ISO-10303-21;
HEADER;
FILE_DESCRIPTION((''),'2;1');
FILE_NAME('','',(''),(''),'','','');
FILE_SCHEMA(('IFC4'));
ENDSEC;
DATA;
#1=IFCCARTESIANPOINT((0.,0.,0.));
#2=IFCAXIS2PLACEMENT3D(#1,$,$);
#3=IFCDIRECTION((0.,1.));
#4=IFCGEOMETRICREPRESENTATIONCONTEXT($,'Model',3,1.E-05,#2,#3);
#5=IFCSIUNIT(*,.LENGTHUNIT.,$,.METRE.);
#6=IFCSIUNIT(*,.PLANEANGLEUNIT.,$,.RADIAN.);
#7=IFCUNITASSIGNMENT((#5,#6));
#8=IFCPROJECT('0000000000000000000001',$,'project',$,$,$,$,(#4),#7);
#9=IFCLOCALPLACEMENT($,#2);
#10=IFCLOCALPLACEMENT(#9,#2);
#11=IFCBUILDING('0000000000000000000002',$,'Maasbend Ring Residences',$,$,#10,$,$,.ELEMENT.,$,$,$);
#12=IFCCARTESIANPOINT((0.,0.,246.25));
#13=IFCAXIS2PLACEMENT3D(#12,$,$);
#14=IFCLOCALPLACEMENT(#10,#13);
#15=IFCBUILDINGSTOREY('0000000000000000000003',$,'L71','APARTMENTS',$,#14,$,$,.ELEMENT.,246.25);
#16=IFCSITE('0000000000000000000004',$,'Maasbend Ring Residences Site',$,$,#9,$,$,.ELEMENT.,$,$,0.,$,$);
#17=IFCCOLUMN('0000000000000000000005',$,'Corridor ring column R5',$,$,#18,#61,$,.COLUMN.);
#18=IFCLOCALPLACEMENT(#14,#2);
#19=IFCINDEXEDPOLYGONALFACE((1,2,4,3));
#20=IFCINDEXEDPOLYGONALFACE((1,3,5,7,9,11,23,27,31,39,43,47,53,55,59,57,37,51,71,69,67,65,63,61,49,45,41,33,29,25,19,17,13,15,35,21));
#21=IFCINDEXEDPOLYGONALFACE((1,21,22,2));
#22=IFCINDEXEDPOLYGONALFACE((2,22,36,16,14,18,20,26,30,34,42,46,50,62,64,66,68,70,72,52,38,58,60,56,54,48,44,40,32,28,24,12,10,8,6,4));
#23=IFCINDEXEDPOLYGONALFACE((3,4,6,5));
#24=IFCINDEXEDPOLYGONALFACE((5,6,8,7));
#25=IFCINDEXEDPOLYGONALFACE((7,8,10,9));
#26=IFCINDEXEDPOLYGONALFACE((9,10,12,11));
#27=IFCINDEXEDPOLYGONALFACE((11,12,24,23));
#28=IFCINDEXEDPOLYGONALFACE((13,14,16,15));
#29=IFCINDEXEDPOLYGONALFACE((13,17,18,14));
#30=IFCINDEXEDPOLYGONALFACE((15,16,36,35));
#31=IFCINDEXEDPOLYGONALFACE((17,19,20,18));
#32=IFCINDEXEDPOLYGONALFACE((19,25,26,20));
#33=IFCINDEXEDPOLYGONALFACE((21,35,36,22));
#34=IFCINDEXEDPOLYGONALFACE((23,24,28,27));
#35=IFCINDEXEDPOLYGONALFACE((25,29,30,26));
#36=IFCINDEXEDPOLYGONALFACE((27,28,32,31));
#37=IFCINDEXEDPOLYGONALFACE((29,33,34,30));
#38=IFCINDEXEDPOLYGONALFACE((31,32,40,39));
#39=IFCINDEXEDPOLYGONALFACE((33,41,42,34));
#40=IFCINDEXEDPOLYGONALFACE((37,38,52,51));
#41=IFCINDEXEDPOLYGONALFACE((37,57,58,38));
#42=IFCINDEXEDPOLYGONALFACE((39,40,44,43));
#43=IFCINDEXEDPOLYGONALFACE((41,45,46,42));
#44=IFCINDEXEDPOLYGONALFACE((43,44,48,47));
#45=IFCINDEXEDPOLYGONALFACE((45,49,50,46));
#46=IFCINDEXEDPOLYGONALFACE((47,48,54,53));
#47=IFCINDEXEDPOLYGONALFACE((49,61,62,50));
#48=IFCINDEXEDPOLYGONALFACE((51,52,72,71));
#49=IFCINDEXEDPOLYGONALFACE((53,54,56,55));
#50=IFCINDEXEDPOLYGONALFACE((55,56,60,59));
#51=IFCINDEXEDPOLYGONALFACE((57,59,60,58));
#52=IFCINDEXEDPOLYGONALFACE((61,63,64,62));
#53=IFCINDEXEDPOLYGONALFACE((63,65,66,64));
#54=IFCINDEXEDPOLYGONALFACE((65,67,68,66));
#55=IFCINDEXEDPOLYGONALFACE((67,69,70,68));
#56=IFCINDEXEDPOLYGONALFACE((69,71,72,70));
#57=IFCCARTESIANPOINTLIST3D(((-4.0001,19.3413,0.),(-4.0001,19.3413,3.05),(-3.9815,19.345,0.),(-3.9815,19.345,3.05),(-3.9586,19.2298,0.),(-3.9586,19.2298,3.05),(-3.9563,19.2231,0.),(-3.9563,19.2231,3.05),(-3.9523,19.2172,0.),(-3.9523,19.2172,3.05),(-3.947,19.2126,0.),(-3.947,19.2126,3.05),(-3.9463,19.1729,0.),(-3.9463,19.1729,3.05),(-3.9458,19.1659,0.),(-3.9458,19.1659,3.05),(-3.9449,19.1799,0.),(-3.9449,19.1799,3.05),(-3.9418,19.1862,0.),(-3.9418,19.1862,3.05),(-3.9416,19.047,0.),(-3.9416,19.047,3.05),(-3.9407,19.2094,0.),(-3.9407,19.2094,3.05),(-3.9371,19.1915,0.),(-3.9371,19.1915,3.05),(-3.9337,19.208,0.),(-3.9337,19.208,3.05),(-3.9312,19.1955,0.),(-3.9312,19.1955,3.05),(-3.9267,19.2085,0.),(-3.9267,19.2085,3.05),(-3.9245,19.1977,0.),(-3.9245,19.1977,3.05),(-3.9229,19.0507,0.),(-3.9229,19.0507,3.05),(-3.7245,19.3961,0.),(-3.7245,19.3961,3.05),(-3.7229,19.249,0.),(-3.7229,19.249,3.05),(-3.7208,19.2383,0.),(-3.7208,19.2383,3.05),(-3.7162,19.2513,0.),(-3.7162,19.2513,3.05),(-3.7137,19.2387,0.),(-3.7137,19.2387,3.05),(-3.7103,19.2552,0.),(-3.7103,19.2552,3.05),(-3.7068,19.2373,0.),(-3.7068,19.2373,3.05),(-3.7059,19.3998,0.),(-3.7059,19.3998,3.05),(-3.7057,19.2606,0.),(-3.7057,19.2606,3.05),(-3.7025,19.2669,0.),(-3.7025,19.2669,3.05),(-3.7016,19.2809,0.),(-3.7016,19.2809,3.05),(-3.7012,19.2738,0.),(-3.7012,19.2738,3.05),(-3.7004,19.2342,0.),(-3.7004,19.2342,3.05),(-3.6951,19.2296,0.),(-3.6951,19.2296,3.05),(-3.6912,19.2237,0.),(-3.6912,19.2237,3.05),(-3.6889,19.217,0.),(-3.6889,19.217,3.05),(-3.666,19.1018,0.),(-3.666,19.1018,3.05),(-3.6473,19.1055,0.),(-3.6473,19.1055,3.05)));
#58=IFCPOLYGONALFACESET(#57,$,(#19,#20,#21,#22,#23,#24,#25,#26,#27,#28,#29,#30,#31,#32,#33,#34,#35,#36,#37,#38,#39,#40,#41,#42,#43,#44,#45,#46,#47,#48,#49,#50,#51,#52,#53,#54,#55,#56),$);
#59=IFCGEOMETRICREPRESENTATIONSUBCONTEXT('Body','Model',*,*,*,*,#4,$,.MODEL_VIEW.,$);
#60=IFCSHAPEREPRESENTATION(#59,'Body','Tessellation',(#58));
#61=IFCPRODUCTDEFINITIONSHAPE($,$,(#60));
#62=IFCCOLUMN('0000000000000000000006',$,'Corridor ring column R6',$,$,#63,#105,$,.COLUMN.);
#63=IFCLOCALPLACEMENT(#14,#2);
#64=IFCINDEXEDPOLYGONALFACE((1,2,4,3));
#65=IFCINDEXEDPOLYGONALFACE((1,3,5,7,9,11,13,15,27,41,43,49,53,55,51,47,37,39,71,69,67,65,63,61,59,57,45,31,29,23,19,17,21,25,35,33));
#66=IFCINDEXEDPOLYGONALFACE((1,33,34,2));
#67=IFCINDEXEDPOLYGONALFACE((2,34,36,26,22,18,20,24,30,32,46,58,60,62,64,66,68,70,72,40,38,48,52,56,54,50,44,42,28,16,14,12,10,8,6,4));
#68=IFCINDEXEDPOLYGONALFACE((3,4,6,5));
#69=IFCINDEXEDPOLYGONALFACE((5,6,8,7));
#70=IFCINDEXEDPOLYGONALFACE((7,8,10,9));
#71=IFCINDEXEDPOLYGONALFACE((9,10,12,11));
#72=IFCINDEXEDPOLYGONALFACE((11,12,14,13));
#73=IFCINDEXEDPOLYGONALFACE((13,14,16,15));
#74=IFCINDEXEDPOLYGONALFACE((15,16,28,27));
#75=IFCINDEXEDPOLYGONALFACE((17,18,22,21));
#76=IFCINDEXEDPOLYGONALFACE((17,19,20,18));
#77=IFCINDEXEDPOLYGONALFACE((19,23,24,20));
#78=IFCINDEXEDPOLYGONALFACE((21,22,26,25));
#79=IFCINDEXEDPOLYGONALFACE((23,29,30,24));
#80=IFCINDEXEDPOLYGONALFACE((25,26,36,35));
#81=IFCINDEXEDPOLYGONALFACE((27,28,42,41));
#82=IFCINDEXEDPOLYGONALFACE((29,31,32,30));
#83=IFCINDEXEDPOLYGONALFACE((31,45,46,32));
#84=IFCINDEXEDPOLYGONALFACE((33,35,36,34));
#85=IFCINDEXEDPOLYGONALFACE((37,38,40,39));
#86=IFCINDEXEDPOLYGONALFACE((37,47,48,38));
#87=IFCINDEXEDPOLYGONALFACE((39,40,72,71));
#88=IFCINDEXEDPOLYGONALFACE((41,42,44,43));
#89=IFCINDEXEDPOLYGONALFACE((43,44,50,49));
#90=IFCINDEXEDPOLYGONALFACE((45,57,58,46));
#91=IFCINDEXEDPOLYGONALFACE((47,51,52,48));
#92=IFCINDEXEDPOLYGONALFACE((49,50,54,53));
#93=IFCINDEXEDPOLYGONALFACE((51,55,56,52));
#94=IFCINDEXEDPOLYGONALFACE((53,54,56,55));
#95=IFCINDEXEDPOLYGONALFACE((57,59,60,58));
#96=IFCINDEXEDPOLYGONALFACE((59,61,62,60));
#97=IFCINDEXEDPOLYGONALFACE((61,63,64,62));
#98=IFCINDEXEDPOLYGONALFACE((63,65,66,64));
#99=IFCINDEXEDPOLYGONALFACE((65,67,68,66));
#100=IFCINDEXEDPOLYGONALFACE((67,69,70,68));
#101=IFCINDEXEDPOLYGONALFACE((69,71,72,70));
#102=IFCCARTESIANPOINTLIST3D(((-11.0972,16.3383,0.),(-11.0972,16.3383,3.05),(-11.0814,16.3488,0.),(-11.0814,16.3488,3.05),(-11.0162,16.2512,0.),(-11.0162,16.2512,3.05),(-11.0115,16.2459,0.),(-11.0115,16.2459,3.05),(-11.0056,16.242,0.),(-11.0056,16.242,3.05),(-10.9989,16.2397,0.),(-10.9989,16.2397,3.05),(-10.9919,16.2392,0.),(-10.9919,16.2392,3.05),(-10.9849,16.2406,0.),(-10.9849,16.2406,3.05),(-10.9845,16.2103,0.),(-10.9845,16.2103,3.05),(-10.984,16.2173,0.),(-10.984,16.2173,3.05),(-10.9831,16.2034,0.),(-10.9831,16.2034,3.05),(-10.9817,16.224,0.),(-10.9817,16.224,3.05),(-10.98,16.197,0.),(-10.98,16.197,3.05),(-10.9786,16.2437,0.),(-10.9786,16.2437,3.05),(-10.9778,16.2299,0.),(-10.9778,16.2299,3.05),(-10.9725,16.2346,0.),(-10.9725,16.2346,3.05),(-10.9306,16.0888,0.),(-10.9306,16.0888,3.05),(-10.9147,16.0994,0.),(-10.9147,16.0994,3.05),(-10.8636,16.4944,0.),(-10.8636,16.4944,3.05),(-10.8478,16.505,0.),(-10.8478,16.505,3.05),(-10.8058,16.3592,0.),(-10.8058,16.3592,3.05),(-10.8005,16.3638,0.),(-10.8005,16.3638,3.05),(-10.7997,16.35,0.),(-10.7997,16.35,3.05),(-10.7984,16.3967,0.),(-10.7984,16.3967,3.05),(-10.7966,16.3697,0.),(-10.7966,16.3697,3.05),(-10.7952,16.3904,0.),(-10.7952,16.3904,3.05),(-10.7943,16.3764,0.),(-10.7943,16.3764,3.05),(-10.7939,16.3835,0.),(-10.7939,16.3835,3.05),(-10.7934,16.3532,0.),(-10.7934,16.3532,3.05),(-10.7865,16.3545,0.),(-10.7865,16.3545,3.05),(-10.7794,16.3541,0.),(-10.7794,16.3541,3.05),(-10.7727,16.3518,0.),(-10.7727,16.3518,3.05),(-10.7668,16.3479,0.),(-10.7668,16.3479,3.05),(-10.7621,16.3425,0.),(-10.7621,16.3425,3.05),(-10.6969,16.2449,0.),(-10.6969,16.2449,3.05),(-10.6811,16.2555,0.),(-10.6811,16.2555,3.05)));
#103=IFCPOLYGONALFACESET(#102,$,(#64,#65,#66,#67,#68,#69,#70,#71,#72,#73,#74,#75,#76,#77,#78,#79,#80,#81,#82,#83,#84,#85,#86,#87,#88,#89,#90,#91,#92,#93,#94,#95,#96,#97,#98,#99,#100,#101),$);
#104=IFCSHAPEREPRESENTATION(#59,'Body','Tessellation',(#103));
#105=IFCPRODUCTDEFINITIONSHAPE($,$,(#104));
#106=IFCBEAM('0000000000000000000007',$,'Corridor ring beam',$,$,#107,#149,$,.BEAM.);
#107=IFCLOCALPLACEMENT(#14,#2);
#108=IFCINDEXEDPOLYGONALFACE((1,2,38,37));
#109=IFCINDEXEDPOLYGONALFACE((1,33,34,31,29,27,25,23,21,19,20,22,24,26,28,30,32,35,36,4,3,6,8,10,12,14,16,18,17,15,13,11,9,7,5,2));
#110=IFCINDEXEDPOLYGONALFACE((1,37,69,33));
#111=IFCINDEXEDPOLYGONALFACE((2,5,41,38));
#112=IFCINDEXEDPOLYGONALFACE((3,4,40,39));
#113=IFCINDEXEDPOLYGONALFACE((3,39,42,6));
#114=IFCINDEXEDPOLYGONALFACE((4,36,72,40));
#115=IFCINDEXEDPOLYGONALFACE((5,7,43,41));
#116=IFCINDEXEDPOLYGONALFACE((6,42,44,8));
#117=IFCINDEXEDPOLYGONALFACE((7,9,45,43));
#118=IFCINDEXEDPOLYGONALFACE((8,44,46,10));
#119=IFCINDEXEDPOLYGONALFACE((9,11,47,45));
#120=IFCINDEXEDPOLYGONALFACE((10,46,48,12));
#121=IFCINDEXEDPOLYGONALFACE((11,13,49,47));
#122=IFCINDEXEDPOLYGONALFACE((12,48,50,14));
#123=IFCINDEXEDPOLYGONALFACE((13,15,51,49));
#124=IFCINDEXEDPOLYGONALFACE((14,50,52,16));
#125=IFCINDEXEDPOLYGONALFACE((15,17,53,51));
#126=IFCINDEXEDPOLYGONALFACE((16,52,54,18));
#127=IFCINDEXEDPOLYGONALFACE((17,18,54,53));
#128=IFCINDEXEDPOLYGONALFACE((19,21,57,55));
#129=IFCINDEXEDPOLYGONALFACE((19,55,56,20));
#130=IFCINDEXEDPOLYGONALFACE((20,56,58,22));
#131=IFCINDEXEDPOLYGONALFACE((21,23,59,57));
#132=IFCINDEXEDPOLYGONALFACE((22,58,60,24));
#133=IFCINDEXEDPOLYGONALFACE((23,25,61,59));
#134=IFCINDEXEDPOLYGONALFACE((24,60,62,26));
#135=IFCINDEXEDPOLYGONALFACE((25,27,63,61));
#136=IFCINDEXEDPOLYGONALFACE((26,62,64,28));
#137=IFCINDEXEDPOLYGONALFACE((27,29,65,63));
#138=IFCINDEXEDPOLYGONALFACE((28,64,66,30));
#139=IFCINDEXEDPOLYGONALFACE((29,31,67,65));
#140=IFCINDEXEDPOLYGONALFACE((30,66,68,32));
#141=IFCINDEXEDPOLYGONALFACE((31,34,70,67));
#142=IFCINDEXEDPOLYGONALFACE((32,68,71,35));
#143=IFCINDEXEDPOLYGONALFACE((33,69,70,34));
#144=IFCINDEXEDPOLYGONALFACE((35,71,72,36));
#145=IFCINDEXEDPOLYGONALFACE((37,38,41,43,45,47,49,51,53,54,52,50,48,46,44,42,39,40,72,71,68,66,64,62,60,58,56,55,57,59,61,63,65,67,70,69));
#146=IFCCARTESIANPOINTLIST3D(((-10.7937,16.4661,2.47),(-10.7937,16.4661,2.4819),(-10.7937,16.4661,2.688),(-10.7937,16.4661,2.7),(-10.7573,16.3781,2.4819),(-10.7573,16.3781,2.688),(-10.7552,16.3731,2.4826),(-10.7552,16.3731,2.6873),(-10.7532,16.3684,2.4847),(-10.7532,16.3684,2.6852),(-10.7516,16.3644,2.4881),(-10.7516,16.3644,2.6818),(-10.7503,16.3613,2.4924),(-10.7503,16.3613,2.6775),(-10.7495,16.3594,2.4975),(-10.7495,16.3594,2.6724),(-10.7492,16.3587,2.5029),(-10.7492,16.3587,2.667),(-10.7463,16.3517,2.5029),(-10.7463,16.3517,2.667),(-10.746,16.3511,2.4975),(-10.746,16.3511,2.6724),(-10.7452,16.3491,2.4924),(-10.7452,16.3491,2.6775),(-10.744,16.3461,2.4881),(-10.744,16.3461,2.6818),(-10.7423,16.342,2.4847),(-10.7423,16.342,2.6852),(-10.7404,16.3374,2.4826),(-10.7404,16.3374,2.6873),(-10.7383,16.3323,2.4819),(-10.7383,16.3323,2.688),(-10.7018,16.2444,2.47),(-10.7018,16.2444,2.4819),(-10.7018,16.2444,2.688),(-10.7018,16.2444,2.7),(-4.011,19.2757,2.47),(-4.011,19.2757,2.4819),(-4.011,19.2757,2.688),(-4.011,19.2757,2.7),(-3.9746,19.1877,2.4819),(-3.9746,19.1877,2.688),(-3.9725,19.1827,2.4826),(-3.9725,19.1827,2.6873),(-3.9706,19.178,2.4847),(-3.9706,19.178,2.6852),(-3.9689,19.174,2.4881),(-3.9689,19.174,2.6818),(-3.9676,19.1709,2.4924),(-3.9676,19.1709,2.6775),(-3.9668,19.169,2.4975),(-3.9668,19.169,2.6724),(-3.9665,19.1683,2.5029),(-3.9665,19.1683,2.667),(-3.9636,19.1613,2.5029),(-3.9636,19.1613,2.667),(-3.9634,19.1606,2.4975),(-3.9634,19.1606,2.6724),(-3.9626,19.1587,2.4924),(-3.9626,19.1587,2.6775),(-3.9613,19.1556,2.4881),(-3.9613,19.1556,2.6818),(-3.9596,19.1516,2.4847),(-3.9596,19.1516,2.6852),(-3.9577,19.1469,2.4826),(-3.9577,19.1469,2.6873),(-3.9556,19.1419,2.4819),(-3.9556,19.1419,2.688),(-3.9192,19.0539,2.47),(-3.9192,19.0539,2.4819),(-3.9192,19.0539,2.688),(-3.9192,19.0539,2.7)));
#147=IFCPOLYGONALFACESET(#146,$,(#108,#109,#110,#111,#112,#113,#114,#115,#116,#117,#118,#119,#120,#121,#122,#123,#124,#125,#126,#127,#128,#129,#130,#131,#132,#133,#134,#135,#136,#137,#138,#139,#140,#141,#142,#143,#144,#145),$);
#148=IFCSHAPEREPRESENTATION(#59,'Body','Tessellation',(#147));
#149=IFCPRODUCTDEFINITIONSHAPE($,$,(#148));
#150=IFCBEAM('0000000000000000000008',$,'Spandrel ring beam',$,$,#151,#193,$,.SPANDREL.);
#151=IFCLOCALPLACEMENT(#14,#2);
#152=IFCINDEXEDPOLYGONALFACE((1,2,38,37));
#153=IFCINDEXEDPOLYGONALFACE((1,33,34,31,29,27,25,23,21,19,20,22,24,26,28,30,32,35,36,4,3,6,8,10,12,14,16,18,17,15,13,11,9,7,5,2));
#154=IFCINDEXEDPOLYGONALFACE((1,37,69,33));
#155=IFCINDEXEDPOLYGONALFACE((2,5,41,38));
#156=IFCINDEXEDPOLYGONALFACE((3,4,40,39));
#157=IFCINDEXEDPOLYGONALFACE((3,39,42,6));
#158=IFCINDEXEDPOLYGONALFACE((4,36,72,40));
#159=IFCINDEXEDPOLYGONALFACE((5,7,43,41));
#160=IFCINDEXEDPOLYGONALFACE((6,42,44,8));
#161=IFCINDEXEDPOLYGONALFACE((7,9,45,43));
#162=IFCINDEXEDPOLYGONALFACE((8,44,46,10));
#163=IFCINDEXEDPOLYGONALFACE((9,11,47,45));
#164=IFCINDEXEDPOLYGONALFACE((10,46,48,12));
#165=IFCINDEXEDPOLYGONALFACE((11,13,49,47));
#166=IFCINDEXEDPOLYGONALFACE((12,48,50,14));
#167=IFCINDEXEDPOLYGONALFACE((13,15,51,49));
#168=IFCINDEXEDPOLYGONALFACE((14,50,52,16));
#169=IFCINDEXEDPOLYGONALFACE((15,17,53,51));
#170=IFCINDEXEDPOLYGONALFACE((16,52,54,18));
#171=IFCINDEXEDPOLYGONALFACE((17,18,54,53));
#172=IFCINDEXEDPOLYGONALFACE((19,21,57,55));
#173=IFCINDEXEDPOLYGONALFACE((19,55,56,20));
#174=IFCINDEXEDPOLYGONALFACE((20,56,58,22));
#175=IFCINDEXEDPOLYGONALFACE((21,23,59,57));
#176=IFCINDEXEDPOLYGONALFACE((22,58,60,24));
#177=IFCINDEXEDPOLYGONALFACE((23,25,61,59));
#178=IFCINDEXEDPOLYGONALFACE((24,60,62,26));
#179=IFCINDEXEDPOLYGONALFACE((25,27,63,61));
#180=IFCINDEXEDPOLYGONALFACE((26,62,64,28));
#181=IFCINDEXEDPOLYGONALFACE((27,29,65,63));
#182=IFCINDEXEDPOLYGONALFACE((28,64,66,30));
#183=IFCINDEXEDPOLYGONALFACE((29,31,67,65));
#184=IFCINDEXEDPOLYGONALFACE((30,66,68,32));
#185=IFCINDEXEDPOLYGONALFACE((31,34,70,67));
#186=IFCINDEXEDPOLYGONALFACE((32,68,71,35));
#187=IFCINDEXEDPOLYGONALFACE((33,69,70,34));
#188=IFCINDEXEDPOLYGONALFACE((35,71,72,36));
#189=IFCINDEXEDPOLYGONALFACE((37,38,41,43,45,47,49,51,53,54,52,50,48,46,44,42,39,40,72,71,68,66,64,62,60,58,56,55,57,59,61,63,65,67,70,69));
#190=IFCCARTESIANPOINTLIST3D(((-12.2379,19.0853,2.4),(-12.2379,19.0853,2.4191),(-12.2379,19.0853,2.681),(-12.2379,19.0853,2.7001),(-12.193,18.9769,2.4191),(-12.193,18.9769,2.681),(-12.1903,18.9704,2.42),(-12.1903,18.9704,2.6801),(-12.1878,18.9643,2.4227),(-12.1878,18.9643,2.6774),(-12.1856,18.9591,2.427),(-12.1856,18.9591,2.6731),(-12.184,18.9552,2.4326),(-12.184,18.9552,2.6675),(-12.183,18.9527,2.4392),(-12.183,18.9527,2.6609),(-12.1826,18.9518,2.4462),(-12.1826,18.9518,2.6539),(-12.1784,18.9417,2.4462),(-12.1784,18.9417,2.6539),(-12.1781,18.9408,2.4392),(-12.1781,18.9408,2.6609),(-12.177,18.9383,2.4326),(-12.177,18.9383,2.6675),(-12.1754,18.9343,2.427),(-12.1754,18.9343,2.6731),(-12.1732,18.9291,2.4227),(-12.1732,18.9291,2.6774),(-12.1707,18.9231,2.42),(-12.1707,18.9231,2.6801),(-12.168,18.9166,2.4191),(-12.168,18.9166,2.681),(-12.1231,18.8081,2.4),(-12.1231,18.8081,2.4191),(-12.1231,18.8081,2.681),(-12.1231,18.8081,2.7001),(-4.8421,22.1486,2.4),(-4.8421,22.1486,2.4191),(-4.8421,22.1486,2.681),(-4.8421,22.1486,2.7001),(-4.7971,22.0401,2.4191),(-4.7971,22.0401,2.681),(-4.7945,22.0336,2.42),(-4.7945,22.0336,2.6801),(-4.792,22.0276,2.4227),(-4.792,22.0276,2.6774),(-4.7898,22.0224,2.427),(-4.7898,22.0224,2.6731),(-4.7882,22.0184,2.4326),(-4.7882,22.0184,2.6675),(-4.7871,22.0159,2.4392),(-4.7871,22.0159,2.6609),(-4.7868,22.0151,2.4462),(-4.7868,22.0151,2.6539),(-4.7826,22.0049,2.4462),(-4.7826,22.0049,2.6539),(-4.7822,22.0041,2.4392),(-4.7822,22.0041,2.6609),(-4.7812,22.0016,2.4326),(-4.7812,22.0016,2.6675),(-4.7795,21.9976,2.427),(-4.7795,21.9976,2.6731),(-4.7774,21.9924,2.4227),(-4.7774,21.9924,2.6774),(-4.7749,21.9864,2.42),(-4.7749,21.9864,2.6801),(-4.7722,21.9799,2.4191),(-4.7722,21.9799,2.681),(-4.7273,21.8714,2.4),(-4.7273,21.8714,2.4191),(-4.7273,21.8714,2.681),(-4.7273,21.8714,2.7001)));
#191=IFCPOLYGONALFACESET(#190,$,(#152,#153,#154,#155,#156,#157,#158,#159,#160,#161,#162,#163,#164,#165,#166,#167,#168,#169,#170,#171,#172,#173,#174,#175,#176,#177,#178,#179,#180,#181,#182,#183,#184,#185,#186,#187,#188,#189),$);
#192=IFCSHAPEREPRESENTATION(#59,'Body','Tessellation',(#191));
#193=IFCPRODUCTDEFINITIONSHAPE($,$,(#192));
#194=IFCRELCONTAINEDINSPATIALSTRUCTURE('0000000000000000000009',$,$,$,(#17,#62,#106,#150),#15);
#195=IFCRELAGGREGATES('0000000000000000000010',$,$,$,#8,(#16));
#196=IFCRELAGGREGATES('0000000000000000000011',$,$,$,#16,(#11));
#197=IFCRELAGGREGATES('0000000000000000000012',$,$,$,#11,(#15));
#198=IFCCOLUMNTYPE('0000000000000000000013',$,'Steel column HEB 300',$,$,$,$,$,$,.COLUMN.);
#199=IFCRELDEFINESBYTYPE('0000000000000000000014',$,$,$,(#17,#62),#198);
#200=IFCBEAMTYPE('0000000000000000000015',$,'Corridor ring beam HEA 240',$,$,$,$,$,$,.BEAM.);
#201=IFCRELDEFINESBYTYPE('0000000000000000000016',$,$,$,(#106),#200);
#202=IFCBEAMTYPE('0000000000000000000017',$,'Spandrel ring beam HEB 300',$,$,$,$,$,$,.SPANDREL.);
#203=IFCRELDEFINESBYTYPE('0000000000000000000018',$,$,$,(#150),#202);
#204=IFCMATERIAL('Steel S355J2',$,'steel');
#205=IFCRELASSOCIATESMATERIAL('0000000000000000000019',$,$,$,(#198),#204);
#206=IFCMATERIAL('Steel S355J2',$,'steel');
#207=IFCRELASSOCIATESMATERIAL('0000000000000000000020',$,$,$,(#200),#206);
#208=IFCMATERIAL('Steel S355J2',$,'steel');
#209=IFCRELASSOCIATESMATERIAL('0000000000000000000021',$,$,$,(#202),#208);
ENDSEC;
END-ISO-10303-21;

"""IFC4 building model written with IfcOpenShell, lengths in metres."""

from ifc_helpers import new_model, si_unit, direction, frame, origin, origin_2d, place, context, subcontext, project, spatial, i_section, extrude, material, material_profile, profile_set, type_object, element, save


model = new_model("IFC4")

# Units and contexts
model_context = context("Model", 3, precision=1e-05, world=origin(), true_north=direction((0.0, 1.0)))
body_context = subcontext(model_context, "Body", "Model", "MODEL_VIEW")
ifc_project = project(units=[si_unit("LENGTHUNIT", "METRE"), si_unit("PLANEANGLEUNIT", "RADIAN")], contexts=[model_context])

# Site, building, storey
site_placement = place(None, origin())
site = spatial("IfcSite", under=ifc_project, at=site_placement, Name="Maasbend Ring Residences Site", CompositionType="ELEMENT", RefElevation=0.0)
building_placement = place(site_placement, origin())
building = spatial("IfcBuilding", under=site, at=building_placement, Name="Maasbend Ring Residences", CompositionType="ELEMENT")
storey_placement = place(building_placement, frame((0.0, 0.0, 246.25)))
storey = spatial("IfcBuildingStorey", under=building, at=storey_placement, Name="L71", Description="APARTMENTS", CompositionType="ELEMENT", Elevation=246.25)

# Columns
ifc_material_1 = material(Name="Steel S355J2", Category="steel")
ifc_material_profile_1 = material_profile(ifc_material_1, i_section(OverallWidth=0.3, OverallDepth=0.3, WebThickness=0.011, FlangeThickness=0.019, FilletRadius=0.0271, at=origin_2d()), Name="HEB 300")
ifc_profile_set_1 = profile_set([ifc_material_profile_1], Name="Steel S355J2")
column_type = type_object("IfcColumnType", Name="Steel column HEB 300", PredefinedType="COLUMN", material=ifc_profile_set_1)
for number, where, z_axis, x_axis, name in (
    (1, (-3.8237, 19.2234, 0.0), (0.0, 0.0, 1.0), (-0.19509, 0.980785, 0.0), "Corridor ring column R5"),
    (2, (-10.8892, 16.2969, 0.0), (0.0, 0.0, 1.0), (-0.55557, 0.83147, 0.0), "Corridor ring column R6"),
):
    element("IfcColumn", number, at=place(storey_placement, frame(where, z_axis=z_axis, x_axis=x_axis)), inside=storey, type_object=column_type, Name=name, PredefinedType="COLUMN", context=body_context, shape_type="SweptSolid", body=[
        extrude(i_section(OverallWidth=0.3, OverallDepth=0.3, WebThickness=0.011, FlangeThickness=0.019, FilletRadius=0.0271, at=origin_2d()), origin(), (0.0, 0.0, 1.0), 3.05),
    ])

# Beams
ifc_material_2 = material(Name="Steel S355J2", Category="steel")
ifc_material_profile_2 = material_profile(ifc_material_2, i_section(OverallWidth=0.24, OverallDepth=0.23, WebThickness=0.0076, FlangeThickness=0.012, FilletRadius=0.021, at=origin_2d()), Name="HEA 240")
ifc_profile_set_2 = profile_set([ifc_material_profile_2], Name="Steel S355J2")
beam_type_1 = type_object("IfcBeamType", Name="Corridor ring beam HEA 240", PredefinedType="BEAM", material=ifc_profile_set_2)
beam_1_placement = place(storey_placement, frame((-3.9651, 19.1648, 2.585), z_axis=(-0.923876, -0.382692, 0.0), x_axis=(0.382692, -0.923876, 0.0)))
element("IfcBeam", 3, at=beam_1_placement, inside=storey, type_object=beam_type_1, Name="Corridor ring beam", PredefinedType="BEAM", context=body_context, shape_type="SweptSolid", body=[
    extrude(i_section(OverallWidth=0.24, OverallDepth=0.23, WebThickness=0.0076, FlangeThickness=0.012, FilletRadius=0.021, at=origin_2d()), origin(), (0.0, 0.0, 1.0), 7.3416),
])
ifc_material_3 = material(Name="Steel S355J2", Category="steel")
ifc_material_profile_3 = material_profile(ifc_material_3, i_section(OverallWidth=0.3, OverallDepth=0.3, WebThickness=0.011, FlangeThickness=0.019, FilletRadius=0.0271, at=origin_2d()), Name="HEB 300")
ifc_profile_set_3 = profile_set([ifc_material_profile_3], Name="Steel S355J2")
beam_type_2 = type_object("IfcBeamType", Name="Spandrel ring beam HEB 300", PredefinedType="SPANDREL", material=ifc_profile_set_3)
beam_2_placement = place(storey_placement, frame((-4.7847, 22.01, 2.55), z_axis=(-0.923888, -0.382663, 0.0), x_axis=(0.382663, -0.923888, 0.0)))
element("IfcBeam", 4, at=beam_2_placement, inside=storey, type_object=beam_type_2, Name="Spandrel ring beam", PredefinedType="SPANDREL", context=body_context, shape_type="SweptSolid", body=[
    extrude(i_section(OverallWidth=0.3, OverallDepth=0.3, WebThickness=0.011, FlangeThickness=0.019, FilletRadius=0.0271, at=origin_2d()), origin(), (0.0, 0.0, 1.0), 8.0051),
])

save(model, "model.ifc")
